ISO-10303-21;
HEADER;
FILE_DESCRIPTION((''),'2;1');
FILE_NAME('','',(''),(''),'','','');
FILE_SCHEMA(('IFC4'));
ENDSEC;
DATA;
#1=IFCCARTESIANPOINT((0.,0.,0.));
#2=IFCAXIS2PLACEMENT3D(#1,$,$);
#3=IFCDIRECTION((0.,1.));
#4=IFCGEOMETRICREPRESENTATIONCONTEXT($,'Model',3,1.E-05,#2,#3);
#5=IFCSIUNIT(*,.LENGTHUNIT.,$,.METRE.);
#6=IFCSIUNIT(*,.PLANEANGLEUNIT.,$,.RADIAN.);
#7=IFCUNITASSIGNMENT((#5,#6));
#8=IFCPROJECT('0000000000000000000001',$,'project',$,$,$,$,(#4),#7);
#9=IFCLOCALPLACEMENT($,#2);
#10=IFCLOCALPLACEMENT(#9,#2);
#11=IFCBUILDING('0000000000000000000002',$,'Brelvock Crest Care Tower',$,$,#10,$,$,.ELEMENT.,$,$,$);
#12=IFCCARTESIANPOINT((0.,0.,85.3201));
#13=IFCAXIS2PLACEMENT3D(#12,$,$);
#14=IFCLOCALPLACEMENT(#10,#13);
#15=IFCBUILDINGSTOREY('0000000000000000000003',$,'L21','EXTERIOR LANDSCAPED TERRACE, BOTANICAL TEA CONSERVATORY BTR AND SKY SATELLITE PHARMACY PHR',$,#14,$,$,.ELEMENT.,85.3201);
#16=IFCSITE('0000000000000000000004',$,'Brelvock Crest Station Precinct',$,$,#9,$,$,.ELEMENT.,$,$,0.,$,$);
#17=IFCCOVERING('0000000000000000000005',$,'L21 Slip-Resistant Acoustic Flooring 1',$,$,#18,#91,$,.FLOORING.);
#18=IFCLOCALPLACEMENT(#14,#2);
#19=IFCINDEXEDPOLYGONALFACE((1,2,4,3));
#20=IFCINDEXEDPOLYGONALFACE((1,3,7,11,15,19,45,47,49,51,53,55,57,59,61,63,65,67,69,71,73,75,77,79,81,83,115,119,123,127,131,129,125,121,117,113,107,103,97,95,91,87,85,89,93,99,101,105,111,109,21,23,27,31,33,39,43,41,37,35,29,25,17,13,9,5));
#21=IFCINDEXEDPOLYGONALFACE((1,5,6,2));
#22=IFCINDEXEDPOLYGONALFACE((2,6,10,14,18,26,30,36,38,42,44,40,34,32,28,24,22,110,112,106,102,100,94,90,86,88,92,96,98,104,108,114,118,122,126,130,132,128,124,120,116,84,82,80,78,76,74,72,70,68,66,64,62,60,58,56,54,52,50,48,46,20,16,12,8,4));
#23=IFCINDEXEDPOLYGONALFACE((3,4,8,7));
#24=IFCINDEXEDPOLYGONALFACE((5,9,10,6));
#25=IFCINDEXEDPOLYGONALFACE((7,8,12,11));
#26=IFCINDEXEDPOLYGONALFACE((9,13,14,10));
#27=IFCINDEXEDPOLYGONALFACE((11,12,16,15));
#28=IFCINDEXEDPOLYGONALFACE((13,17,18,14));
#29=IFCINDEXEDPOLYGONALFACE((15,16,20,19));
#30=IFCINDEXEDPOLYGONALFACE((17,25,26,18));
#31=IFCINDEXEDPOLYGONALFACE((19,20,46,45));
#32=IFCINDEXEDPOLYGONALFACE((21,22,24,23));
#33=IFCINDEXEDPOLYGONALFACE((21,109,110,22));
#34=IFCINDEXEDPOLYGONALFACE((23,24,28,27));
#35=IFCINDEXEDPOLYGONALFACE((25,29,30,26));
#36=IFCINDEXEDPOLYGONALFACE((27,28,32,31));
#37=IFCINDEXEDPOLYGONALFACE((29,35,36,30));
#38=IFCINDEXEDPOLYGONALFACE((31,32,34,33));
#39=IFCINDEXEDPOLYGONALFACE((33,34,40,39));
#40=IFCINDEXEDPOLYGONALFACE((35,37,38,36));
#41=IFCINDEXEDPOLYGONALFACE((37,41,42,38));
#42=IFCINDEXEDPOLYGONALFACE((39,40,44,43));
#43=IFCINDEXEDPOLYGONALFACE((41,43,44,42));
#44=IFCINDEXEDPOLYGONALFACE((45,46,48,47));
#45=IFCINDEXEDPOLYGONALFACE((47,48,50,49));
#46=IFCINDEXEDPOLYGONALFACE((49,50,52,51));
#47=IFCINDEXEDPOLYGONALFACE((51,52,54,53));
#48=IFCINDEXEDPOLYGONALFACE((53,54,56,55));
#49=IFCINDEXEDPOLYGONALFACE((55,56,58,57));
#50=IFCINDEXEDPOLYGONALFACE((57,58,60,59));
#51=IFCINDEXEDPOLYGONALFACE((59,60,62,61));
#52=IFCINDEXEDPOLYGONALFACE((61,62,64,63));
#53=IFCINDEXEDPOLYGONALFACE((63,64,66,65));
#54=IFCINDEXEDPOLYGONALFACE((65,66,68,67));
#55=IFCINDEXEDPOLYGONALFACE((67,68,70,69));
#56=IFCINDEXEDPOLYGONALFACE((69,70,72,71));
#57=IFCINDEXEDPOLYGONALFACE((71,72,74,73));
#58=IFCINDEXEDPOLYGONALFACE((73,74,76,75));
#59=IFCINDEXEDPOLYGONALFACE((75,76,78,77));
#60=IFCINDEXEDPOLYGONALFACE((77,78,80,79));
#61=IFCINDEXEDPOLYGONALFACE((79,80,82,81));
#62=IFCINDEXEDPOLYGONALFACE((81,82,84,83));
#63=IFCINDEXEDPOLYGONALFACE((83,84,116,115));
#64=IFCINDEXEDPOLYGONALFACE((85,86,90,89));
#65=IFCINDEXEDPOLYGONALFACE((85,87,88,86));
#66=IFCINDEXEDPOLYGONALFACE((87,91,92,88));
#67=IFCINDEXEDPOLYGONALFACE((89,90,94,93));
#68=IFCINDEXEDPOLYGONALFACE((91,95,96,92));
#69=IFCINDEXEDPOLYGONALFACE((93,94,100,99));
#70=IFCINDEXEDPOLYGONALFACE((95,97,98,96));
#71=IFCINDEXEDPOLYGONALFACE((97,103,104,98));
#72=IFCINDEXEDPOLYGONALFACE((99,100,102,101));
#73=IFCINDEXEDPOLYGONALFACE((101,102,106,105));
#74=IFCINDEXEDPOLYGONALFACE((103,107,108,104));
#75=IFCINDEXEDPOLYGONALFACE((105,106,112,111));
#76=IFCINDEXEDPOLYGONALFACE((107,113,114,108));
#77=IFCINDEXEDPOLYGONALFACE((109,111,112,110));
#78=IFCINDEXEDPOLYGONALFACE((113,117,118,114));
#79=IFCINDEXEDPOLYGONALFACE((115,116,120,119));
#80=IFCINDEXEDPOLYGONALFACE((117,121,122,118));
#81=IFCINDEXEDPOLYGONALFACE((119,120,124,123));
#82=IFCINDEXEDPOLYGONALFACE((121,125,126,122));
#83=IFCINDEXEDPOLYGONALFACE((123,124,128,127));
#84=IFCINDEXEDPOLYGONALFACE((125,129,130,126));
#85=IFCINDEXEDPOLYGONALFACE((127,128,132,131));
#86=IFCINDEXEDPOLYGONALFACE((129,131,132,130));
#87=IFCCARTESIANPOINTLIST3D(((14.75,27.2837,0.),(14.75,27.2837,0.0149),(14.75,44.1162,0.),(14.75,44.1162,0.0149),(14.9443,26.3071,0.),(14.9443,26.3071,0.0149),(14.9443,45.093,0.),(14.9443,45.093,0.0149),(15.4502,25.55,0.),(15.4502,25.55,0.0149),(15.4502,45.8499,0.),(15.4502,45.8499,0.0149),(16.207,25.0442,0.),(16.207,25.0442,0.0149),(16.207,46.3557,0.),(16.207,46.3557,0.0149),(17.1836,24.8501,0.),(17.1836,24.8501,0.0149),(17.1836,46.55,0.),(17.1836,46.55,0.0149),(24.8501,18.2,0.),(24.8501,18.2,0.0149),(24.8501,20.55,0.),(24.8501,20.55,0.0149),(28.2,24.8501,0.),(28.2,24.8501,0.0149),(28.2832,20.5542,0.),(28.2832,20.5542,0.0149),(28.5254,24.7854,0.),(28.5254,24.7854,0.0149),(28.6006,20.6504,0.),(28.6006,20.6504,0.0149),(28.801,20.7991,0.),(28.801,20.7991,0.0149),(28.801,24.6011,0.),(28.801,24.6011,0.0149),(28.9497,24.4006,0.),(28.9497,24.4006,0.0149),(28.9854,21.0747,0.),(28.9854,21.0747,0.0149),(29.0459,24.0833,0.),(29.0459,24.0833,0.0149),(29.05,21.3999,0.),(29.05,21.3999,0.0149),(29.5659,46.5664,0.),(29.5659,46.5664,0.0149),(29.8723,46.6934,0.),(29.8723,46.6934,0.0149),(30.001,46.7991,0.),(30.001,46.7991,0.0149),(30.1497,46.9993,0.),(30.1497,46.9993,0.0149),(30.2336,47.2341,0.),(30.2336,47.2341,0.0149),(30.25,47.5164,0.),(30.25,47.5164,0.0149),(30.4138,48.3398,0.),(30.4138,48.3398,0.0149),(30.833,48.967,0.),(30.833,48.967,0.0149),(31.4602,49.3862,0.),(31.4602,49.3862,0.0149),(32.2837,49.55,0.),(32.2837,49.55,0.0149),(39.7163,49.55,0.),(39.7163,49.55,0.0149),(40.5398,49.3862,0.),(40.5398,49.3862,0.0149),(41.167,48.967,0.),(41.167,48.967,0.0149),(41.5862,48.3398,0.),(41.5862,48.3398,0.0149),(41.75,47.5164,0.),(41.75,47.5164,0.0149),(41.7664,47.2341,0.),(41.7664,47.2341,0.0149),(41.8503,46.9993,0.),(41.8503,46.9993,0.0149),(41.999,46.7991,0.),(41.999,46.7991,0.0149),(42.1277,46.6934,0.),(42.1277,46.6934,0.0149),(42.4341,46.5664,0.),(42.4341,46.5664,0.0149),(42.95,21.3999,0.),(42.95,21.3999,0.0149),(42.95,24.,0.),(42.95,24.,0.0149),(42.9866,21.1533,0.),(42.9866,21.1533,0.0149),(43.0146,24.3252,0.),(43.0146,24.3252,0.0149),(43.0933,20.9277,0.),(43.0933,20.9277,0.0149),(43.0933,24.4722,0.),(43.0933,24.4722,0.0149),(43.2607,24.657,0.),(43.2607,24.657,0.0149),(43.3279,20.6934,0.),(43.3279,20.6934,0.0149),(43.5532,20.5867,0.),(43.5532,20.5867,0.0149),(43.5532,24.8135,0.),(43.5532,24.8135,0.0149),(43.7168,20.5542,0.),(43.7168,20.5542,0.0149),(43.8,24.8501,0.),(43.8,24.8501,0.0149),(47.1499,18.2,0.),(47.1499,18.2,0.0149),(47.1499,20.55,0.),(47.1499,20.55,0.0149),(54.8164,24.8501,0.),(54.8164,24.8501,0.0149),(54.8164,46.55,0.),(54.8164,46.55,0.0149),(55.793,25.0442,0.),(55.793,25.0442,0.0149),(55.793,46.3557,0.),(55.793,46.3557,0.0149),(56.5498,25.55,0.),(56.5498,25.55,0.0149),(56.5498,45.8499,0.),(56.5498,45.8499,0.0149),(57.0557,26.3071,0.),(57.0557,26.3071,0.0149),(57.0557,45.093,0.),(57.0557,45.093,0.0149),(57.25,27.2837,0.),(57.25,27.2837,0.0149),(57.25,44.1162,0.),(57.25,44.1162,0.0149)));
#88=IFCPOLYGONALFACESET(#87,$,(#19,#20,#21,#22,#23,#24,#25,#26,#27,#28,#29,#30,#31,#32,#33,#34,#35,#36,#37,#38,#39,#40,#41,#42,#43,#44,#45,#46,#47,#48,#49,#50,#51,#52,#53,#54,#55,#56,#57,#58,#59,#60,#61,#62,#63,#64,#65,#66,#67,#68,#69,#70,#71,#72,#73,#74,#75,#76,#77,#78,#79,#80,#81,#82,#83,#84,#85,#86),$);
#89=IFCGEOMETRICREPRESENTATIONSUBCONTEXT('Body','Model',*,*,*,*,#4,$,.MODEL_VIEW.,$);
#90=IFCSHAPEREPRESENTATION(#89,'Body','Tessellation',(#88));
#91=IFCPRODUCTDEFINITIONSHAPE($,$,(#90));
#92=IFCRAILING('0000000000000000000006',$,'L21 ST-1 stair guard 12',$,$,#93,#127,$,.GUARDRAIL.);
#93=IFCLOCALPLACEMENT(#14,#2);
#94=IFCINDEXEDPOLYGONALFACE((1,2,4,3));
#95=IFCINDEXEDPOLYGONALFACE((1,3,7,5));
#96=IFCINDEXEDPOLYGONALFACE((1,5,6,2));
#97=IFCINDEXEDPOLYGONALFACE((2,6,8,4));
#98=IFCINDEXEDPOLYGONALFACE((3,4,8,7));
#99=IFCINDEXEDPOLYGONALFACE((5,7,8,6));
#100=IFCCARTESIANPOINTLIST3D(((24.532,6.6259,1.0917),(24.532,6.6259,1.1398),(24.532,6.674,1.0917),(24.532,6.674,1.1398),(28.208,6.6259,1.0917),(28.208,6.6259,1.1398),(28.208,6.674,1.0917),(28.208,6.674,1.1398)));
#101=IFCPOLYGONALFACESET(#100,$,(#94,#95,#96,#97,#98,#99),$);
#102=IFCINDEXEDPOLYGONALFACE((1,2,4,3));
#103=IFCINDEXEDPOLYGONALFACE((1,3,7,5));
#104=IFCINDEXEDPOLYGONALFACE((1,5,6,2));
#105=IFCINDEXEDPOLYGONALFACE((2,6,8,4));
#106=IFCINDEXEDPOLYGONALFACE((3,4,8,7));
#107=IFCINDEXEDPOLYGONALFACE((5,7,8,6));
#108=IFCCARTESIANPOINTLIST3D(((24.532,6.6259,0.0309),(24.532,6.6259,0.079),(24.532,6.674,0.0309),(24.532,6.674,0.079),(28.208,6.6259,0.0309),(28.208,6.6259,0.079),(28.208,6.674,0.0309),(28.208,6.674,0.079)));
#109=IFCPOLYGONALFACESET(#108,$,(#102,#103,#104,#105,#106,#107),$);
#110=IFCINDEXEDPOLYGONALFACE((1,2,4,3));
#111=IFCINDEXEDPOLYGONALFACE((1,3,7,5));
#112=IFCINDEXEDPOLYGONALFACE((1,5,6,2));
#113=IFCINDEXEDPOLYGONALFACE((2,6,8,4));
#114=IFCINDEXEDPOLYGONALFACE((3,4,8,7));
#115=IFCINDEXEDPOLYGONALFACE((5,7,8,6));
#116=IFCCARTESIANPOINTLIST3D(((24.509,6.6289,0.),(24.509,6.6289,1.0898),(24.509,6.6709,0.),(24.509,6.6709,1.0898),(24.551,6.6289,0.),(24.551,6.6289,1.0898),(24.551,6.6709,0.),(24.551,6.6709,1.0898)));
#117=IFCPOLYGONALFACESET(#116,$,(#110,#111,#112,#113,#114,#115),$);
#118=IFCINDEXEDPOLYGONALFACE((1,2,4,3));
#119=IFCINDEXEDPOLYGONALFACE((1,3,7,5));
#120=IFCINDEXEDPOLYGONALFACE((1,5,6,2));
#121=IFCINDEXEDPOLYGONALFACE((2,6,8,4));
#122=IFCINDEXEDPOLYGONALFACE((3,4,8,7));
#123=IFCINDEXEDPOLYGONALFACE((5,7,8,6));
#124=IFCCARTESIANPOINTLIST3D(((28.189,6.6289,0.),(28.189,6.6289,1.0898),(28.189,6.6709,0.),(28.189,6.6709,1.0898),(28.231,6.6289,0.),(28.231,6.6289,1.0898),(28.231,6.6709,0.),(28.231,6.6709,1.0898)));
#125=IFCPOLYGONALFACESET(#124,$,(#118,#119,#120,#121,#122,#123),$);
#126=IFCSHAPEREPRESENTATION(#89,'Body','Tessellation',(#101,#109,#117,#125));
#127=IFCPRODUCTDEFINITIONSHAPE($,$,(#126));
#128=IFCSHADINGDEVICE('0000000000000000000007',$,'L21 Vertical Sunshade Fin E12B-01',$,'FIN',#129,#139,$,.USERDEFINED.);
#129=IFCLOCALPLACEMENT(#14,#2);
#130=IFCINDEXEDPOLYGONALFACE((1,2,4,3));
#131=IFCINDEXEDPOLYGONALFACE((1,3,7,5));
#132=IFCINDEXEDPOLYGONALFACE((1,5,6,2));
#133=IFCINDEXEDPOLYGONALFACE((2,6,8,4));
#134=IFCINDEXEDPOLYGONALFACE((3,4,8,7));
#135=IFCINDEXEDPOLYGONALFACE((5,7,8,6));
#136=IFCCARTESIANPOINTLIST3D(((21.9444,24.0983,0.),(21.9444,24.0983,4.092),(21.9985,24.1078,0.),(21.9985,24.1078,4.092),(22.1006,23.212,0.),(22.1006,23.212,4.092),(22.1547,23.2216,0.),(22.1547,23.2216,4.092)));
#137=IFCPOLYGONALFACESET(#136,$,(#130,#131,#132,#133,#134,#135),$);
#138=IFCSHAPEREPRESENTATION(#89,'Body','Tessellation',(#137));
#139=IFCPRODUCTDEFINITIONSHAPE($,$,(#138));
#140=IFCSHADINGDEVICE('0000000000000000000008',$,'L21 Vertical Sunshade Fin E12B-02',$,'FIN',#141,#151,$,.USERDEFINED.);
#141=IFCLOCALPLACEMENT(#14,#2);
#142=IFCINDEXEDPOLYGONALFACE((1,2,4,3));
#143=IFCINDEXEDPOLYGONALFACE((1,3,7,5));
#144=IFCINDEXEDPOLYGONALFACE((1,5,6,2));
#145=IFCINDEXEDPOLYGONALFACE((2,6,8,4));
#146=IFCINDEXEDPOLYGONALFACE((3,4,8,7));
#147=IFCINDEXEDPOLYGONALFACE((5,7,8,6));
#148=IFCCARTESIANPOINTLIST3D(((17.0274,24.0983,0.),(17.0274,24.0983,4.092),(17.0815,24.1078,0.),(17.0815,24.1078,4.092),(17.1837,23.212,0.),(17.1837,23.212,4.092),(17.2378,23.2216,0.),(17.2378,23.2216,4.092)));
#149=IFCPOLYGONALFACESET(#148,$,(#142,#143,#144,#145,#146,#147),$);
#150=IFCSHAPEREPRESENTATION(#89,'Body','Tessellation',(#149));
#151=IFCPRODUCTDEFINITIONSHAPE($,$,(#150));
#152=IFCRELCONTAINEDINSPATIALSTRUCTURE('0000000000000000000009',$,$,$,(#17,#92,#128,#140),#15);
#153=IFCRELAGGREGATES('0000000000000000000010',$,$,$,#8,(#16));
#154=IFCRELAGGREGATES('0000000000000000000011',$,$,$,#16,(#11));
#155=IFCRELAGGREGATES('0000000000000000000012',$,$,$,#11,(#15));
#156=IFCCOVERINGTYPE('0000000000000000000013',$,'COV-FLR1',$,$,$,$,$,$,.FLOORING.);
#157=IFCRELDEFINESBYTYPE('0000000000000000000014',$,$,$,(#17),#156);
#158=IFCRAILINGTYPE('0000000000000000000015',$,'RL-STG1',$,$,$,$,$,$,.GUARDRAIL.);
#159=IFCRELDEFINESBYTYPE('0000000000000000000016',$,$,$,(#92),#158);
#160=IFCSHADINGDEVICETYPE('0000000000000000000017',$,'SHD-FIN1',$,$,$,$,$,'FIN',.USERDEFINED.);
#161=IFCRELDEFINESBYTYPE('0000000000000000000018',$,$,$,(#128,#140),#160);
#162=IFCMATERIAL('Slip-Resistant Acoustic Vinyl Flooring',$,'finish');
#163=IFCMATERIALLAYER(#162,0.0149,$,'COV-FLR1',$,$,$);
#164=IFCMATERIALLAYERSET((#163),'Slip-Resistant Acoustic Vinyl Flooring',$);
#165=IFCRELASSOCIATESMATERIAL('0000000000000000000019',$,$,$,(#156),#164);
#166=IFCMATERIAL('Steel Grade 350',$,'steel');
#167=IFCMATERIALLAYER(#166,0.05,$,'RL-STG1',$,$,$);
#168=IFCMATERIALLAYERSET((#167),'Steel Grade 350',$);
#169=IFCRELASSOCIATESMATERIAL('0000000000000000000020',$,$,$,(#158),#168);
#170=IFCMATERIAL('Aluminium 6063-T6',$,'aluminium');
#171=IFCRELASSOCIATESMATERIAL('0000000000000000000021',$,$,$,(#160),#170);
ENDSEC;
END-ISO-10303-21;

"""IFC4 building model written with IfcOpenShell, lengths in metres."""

from ifc_helpers import new_model, si_unit, direction, frame, origin, origin_2d, place, context, subcontext, project, spatial, polyline, rectangle, outline, extrude, source, transform, mapped, material, layer, layer_set, material_profile, profile_set, type_object, element, save


model = new_model("IFC4")

# Units and contexts
model_context = context("Model", 3, precision=1e-05, world=origin(), true_north=direction((0.0, 1.0)))
body_context = subcontext(model_context, "Body", "Model", "MODEL_VIEW")
ifc_project = project(units=[si_unit("LENGTHUNIT", "METRE"), si_unit("PLANEANGLEUNIT", "RADIAN")], contexts=[model_context])

# Site, building, storey
site_placement = place(None, origin())
site = spatial("IfcSite", under=ifc_project, at=site_placement, Name="Brelvock Crest Station Precinct", CompositionType="ELEMENT", RefElevation=0.0)
building_placement = place(site_placement, origin())
building = spatial("IfcBuilding", under=site, at=building_placement, Name="Brelvock Crest Care Tower", CompositionType="ELEMENT")
storey_placement = place(building_placement, frame((0.0, 0.0, 85.3201)))
storey = spatial("IfcBuildingStorey", under=building, at=storey_placement, Name="L21", Description="EXTERIOR LANDSCAPED TERRACE, BOTANICAL TEA CONSERVATORY BTR AND SKY SATELLITE PHARMACY PHR", CompositionType="ELEMENT", Elevation=85.3201)

# Shared definitions
ifc_material_1 = material(Name="Steel Grade 350", Category="steel")

# Covering
ifc_material_2 = material(Name="Slip-Resistant Acoustic Vinyl Flooring", Category="finish")
ifc_layer_1 = layer(ifc_material_2, 0.0149, Name="COV-FLR1")
ifc_layer_set_1 = layer_set([ifc_layer_1], Name="Slip-Resistant Acoustic Vinyl Flooring")
covering_type_1 = type_object("IfcCoveringType", Name="COV-FLR1", PredefinedType="FLOORING", material=ifc_layer_set_1)
covering_1_placement = place(storey_placement, origin())
element("IfcCovering", 1, at=covering_1_placement, inside=storey, type_object=covering_type_1, Name="L21 Slip-Resistant Acoustic Flooring 1", PredefinedType="FLOORING", context=body_context, shape_type="SweptSolid", body=[
    extrude(outline(polyline([(24.8501, 18.2), (47.1499, 18.2), (47.1499, 20.55), (43.7168, 20.5542), (43.5532, 20.5867), (43.3279, 20.6934), (43.0933, 20.9277), (42.9866, 21.1533), (42.95, 21.3999), (42.95, 24.0), (43.0146, 24.3252), (43.0933, 24.4722), (43.2607, 24.657), (43.5532, 24.8135), (43.8, 24.8501), (54.8164, 24.8501), (55.793, 25.0442), (56.5498, 25.55), (57.0557, 26.3071), (57.25, 27.2837), (57.25, 44.1162), (57.0557, 45.093), (56.5498, 45.8499), (55.793, 46.3557), (54.8164, 46.55), (42.4341, 46.5664), (42.1277, 46.6934), (41.999, 46.7991), (41.8503, 46.9993), (41.7664, 47.2341), (41.75, 47.5164), (41.5862, 48.3398), (41.167, 48.967), (40.5398, 49.3862), (39.7163, 49.55), (32.2837, 49.55), (31.4602, 49.3862), (30.833, 48.967), (30.4138, 48.3398), (30.25, 47.5164), (30.2336, 47.2341), (30.1497, 46.9993), (30.001, 46.7991), (29.8723, 46.6934), (29.5659, 46.5664), (17.1836, 46.55), (16.207, 46.3557), (15.4502, 45.8499), (14.9443, 45.093), (14.75, 44.1162), (14.75, 27.2837), (14.9443, 26.3071), (15.4502, 25.55), (16.207, 25.0442), (17.1836, 24.8501), (28.2, 24.8501), (28.5254, 24.7854), (28.801, 24.6011), (28.9497, 24.4006), (29.0459, 24.0833), (29.05, 21.3999), (28.9854, 21.0747), (28.801, 20.7991), (28.6006, 20.6504), (28.2832, 20.5542), (24.8501, 20.55), (24.8501, 18.2)])), origin(), (0.0, 0.0, 1.0), 0.0149),
])

# Railing
ifc_layer_2 = layer(ifc_material_1, 0.05, Name="RL-STG1")
ifc_layer_set_2 = layer_set([ifc_layer_2], Name="Steel Grade 350")
railing_type = type_object("IfcRailingType", Name="RL-STG1", PredefinedType="GUARDRAIL", material=ifc_layer_set_2)
railing_placement = place(storey_placement, frame((24.53, 6.6499, 0.0)))
element("IfcRailing", 2, at=railing_placement, inside=storey, type_object=railing_type, Name="L21 ST-1 stair guard 12", PredefinedType="GUARDRAIL", context=body_context, shape_type="SweptSolid", body=[
    extrude(rectangle(XDim=0.0481, YDim=0.0481, at=origin_2d()), frame((0.002, 0.0, 1.1157), z_axis=(1.0, 0.0, 0.0), x_axis=(0.0, 1.0, 0.0)), (0.0, 0.0, 1.0), 3.676),
    extrude(rectangle(XDim=0.0481, YDim=0.0481, at=origin_2d()), frame((0.002, 0.0, 0.0549), z_axis=(1.0, 0.0, 0.0), x_axis=(0.0, 1.0, 0.0)), (0.0, 0.0, 1.0), 3.676),
    extrude(rectangle(XDim=0.042, YDim=0.042, at=origin_2d()), origin(), (0.0, 0.0, 1.0), 1.0898),
    extrude(rectangle(XDim=0.042, YDim=0.042, at=origin_2d()), frame((3.6799, 0.0, 0.0)), (0.0, 0.0, 1.0), 1.0898),
])

# Shading devices
ifc_material_3 = material(Name="Aluminium 6063-T6", Category="aluminium")
ifc_material_profile_1 = material_profile(ifc_material_3, rectangle(XDim=0.0549, YDim=0.8999, at=origin_2d()), Name="FIN55x900")
ifc_profile_set_1 = profile_set([ifc_material_profile_1], Name="Aluminium 6063-T6")
shading_device_type = type_object("IfcShadingDeviceType", Name="SHD-FIN1", ElementType="FIN", PredefinedType="USERDEFINED", material=ifc_profile_set_1)
shared_shape_1 = source(origin(), body_context, "Body", "SweptSolid", [
    extrude(rectangle(XDim=0.0549, YDim=0.8999, at=origin_2d()), origin(), (0.0, 0.0, 1.0), 4.092),
])
for number, where, z_axis, x_axis, name in (
    (3, (22.0496, 23.6599, 0.0), (0.0, 0.0, 1.0), (-0.984808, -0.173648, 0.0), "L21 Vertical Sunshade Fin E12B-01"),
    (4, (17.1326, 23.6599, 0.0), (0.0, 0.0, 1.0), (-0.984808, -0.173648, 0.0), "L21 Vertical Sunshade Fin E12B-02"),
):
    element("IfcShadingDevice", number, at=place(storey_placement, frame(where, z_axis=z_axis, x_axis=x_axis)), inside=storey, type_object=shading_device_type, Name=name, ObjectType="FIN", PredefinedType="USERDEFINED", context=body_context, shape_type="MappedRepresentation", body=[
        mapped(shared_shape_1, transform((0.0, 0.0, 0.0), x_axis=(1.0, 0.0, 0.0), y_axis=(0.0, 1.0, 0.0), z_axis=(0.0, 0.0, 1.0), scale=1.0)),
    ])

save(model, "model.ifc")
